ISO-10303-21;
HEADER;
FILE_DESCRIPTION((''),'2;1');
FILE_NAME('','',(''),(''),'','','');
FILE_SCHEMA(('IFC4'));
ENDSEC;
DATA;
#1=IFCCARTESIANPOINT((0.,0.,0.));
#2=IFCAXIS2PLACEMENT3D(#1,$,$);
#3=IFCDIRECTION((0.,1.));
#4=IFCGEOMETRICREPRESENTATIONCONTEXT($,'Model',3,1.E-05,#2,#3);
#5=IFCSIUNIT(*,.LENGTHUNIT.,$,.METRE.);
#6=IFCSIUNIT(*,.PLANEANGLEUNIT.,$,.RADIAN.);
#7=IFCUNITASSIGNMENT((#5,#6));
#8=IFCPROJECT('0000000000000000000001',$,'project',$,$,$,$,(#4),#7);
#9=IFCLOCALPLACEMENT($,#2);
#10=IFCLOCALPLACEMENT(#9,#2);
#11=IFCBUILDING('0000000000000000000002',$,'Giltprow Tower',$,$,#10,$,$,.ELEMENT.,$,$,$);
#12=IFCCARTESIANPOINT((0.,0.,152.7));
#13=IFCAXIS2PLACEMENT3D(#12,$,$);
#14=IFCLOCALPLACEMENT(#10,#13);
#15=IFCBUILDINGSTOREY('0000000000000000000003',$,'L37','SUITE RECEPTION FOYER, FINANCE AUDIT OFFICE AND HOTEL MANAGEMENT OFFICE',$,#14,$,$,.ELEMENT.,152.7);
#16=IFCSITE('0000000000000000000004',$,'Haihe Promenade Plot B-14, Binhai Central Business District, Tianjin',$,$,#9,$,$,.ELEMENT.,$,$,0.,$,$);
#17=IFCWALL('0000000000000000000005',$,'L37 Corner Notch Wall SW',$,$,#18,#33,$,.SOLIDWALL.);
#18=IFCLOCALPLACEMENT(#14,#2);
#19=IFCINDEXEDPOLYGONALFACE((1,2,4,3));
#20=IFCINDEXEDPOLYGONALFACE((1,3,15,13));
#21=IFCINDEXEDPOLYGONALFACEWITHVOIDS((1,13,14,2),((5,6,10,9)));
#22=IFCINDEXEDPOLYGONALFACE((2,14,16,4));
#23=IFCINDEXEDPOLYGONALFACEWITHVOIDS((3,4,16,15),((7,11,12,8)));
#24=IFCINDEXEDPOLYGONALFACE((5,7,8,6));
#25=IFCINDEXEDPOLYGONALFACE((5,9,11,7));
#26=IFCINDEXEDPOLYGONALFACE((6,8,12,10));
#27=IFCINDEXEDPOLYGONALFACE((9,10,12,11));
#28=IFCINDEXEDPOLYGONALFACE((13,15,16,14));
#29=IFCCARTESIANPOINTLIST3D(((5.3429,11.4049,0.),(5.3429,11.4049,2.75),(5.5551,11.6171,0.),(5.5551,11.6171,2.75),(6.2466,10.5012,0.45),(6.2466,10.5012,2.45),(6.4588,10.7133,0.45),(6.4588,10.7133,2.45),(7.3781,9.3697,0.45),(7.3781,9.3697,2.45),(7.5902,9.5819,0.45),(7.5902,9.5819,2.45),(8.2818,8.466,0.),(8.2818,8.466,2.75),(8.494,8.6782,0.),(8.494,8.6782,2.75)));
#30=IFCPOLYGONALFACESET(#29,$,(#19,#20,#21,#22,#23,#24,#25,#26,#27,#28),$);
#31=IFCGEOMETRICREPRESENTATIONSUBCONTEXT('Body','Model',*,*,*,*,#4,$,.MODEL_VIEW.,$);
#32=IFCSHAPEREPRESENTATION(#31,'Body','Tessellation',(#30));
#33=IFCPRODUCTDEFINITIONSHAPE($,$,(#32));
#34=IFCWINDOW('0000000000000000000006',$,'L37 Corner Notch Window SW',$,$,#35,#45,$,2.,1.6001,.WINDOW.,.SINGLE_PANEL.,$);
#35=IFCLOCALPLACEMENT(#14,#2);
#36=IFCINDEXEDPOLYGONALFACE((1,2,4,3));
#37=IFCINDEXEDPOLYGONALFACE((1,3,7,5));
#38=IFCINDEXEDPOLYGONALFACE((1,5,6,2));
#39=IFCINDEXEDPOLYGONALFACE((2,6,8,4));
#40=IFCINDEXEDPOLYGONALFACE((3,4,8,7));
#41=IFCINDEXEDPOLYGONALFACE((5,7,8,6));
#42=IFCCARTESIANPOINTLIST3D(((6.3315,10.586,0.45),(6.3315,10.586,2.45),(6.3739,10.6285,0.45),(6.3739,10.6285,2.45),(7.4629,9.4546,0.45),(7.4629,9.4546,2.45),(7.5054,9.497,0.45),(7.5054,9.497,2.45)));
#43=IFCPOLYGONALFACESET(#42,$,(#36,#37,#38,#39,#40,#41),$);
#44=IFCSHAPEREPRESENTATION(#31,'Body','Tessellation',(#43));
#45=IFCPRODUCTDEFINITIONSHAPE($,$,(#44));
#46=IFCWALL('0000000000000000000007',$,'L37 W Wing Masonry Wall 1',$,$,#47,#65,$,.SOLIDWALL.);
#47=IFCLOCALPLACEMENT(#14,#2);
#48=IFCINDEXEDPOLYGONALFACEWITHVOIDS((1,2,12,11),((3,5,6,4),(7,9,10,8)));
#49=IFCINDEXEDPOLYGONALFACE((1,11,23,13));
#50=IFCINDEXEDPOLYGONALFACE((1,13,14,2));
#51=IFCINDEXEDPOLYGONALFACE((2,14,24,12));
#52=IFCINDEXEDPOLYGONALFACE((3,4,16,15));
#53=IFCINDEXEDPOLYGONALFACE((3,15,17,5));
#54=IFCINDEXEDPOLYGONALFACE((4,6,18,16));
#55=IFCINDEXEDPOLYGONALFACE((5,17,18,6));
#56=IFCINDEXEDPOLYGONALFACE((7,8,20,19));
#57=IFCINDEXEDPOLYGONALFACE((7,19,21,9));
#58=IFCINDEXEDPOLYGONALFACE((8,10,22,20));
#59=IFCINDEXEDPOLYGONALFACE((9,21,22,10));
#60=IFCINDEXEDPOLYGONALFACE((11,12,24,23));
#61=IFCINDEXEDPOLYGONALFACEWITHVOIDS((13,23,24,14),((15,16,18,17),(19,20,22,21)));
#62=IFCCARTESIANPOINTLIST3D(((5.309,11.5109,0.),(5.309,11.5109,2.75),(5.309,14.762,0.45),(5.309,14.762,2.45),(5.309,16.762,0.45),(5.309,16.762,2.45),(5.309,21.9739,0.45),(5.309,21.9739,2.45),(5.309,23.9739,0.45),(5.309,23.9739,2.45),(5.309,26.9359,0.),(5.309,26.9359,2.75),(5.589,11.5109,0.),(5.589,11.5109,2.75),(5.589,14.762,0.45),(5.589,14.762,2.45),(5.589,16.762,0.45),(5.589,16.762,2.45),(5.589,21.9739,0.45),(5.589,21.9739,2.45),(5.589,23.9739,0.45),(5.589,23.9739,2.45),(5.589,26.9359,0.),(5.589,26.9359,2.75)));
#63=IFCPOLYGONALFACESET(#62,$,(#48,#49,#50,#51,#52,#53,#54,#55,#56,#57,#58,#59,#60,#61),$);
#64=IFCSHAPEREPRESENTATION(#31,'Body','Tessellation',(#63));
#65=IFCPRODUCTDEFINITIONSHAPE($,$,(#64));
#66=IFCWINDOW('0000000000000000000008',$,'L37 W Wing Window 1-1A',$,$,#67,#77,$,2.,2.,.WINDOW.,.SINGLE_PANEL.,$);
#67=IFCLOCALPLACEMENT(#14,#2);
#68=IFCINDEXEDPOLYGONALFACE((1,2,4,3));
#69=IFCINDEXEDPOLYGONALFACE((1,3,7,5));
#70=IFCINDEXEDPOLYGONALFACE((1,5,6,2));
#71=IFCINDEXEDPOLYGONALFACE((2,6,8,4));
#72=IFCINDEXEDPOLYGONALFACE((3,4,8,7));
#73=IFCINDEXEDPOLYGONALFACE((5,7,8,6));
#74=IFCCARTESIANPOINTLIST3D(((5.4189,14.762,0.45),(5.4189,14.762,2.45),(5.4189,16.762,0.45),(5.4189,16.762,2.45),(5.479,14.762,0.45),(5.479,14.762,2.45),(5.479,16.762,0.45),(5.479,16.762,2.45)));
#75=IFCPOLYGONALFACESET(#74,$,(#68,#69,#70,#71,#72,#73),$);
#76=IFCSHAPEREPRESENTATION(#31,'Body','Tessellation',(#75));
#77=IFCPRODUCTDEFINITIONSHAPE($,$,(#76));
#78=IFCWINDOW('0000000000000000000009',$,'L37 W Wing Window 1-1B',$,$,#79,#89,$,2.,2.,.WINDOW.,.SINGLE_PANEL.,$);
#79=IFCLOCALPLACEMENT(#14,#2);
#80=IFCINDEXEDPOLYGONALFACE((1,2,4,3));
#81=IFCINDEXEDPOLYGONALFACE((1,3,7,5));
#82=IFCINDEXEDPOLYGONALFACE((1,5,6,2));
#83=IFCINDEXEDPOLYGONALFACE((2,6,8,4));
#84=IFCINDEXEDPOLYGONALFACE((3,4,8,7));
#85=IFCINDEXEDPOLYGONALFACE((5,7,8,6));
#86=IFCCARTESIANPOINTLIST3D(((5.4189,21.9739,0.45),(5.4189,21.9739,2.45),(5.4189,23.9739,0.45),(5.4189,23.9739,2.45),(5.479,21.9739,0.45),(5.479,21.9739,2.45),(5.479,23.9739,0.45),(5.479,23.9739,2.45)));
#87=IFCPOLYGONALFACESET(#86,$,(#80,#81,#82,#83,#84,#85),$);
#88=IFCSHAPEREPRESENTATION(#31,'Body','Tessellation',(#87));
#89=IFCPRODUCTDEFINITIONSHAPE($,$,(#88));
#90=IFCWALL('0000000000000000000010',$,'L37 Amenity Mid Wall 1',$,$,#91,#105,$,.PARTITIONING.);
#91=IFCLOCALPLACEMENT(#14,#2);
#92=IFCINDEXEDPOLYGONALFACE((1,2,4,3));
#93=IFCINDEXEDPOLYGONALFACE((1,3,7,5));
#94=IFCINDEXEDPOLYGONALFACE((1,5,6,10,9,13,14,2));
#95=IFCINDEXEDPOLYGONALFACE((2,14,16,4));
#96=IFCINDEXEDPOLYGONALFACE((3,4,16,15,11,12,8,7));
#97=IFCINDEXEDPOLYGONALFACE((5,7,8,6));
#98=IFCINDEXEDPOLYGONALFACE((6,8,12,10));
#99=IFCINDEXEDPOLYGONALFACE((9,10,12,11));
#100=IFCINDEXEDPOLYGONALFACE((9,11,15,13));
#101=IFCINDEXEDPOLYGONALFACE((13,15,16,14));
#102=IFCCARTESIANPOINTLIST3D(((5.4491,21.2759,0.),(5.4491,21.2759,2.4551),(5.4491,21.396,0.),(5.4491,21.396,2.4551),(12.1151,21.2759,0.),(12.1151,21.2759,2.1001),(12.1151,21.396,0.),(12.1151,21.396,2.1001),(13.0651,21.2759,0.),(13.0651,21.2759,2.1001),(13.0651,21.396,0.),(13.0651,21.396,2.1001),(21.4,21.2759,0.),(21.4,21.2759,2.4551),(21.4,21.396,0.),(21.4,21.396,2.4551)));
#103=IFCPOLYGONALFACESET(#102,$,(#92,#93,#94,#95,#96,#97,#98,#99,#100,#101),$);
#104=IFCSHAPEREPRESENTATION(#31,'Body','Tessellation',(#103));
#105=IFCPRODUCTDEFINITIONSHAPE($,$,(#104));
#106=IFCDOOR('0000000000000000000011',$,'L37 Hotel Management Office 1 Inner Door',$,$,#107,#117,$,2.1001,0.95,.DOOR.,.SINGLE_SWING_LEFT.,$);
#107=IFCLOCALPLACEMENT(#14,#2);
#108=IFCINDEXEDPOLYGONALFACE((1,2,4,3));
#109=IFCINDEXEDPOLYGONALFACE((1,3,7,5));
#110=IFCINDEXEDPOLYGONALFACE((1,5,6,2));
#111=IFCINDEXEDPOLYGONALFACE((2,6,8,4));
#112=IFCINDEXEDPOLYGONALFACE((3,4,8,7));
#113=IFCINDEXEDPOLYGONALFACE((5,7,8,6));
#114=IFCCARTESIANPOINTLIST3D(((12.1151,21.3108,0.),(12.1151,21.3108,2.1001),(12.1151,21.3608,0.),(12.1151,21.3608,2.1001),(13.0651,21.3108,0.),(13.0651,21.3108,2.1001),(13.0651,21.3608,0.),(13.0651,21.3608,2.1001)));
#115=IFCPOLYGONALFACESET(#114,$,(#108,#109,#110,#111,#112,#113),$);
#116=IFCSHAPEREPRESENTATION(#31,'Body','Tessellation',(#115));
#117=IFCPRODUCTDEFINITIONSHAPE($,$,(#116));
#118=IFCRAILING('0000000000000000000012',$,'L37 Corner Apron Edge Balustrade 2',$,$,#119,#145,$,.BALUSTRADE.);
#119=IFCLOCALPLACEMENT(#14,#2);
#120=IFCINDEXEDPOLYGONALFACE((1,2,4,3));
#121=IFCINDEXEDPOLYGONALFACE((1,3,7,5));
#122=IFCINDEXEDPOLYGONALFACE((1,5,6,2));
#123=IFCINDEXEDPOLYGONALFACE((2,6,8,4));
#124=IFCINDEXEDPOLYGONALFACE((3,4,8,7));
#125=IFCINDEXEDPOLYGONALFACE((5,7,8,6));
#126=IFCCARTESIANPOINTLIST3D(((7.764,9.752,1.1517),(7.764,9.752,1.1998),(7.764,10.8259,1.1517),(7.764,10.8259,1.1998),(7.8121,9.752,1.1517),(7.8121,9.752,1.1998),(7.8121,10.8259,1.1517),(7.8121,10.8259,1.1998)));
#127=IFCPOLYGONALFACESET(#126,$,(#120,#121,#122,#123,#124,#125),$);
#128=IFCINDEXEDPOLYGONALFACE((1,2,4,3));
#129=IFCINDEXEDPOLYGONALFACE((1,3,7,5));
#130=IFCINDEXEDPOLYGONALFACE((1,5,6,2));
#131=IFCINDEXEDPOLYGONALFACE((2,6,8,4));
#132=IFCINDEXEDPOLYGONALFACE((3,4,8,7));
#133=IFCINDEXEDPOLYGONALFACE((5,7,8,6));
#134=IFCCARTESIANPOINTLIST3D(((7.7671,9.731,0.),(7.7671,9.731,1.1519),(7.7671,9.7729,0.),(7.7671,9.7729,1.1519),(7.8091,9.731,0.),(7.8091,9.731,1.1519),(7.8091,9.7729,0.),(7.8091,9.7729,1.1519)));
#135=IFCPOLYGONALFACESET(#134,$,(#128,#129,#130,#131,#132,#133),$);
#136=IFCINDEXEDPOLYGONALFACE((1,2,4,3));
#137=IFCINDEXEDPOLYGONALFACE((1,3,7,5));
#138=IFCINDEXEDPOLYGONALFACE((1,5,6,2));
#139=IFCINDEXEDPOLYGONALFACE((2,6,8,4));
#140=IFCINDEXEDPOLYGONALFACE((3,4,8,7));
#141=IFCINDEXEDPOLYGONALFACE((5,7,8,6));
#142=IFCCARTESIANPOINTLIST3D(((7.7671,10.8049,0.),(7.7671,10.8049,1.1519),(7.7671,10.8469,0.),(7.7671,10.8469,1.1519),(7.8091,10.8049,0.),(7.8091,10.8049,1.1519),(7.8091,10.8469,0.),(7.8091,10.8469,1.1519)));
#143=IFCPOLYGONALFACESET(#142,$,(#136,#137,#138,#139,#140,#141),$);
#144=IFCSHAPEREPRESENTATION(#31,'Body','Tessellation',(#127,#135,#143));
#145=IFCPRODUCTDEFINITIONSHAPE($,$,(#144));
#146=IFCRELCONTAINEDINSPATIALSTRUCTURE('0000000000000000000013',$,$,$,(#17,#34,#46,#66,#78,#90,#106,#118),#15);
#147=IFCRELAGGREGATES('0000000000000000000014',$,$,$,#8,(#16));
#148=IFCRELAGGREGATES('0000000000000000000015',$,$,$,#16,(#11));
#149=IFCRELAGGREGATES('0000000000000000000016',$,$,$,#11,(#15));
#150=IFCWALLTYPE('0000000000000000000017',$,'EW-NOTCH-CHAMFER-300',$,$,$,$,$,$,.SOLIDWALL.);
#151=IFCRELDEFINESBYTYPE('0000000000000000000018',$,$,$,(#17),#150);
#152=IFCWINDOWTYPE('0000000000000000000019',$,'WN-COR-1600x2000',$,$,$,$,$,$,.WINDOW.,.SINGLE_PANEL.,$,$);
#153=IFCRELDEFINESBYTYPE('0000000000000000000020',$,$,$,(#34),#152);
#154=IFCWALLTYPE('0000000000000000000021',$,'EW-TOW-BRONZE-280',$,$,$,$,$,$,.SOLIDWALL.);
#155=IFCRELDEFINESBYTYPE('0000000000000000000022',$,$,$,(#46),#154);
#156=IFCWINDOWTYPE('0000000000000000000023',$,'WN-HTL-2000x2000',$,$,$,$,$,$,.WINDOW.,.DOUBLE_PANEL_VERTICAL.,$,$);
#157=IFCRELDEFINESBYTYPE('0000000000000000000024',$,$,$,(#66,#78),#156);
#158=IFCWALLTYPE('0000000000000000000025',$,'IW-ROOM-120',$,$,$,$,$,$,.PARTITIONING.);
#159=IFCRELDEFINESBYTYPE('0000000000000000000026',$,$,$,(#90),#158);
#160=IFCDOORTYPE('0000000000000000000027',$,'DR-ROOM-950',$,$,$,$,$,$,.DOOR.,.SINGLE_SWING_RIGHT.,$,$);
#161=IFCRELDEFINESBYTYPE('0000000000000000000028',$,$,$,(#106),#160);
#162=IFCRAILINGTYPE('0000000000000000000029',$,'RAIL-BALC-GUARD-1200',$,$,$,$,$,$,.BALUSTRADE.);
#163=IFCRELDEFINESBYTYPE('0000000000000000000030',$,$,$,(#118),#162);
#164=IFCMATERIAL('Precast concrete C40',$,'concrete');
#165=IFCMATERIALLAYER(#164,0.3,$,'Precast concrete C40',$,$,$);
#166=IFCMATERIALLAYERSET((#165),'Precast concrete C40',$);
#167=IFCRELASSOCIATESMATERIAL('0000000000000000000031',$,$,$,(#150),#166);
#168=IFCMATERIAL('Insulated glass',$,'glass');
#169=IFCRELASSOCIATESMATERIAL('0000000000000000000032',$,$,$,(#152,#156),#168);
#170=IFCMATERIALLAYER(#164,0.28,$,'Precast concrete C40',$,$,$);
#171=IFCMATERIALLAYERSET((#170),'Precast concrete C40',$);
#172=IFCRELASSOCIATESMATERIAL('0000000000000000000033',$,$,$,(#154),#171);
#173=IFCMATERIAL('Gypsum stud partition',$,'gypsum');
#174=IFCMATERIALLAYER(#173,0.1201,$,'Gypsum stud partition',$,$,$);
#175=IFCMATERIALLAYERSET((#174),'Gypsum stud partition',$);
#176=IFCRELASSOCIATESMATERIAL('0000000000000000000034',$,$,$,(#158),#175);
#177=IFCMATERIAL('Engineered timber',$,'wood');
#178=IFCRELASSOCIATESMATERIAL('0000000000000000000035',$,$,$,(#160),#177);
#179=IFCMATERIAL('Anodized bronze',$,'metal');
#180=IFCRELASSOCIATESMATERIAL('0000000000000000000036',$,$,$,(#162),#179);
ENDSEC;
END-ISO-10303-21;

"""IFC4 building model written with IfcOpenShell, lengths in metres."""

from ifc_helpers import new_model, si_unit, direction, frame, frame_2d, origin, origin_2d, place, context, subcontext, project, spatial, rectangle, extrude, source, transform, mapped, material, layer, layer_set, type_object, element, fill, save


model = new_model("IFC4")

# Units and contexts
model_context = context("Model", 3, precision=1e-05, world=origin(), true_north=direction((0.0, 1.0)))
body_context = subcontext(model_context, "Body", "Model", "MODEL_VIEW")
ifc_project = project(units=[si_unit("LENGTHUNIT", "METRE"), si_unit("PLANEANGLEUNIT", "RADIAN")], contexts=[model_context])

# Site, building, storey
site_placement = place(None, origin())
site = spatial("IfcSite", under=ifc_project, at=site_placement, Name="Haihe Promenade Plot B-14, Binhai Central Business District, Tianjin", CompositionType="ELEMENT", RefElevation=0.0)
building_placement = place(site_placement, origin())
building = spatial("IfcBuilding", under=site, at=building_placement, Name="Giltprow Tower", CompositionType="ELEMENT")
storey_placement = place(building_placement, frame((0.0, 0.0, 152.7)))
storey = spatial("IfcBuildingStorey", under=building, at=storey_placement, Name="L37", Description="SUITE RECEPTION FOYER, FINANCE AUDIT OFFICE AND HOTEL MANAGEMENT OFFICE", CompositionType="ELEMENT", Elevation=152.7)

# Shared definitions
ifc_material_1 = material(Name="Anodized bronze", Category="metal")
ifc_material_2 = material(Name="Insulated glass", Category="glass")

# Wall, opening, window
ifc_material_3 = material(Name="Precast concrete C40", Category="concrete")
ifc_layer_1 = layer(ifc_material_3, 0.3, Name="Precast concrete C40")
ifc_layer_set_1 = layer_set([ifc_layer_1], Name="Precast concrete C40")
wall_type_1 = type_object("IfcWallType", Name="EW-NOTCH-CHAMFER-300", PredefinedType="SOLIDWALL", material=ifc_layer_set_1)
wall_1_placement = place(storey_placement, frame((5.449, 11.511, 0.0), z_axis=(0.0, 0.0, 1.0), x_axis=(0.707107, -0.707107, 0.0)))
wall_1 = element("IfcWall", 1, at=wall_1_placement, inside=storey, type_object=wall_type_1, Name="L37 Corner Notch Wall SW", PredefinedType="SOLIDWALL", context=body_context, shape_type="SweptSolid", body=[
    extrude(rectangle(XDim=4.1562, YDim=0.3, at=frame_2d((2.0781, 0.0))), origin(), (0.0, 0.0, 1.0), 2.75),
])
opening_1_placement = place(wall_1_placement, frame((1.2781, 0.0, 0.45)))
opening_1 = element("IfcOpeningElement", 2, at=opening_1_placement, cuts=wall_1, PredefinedType="OPENING", context=body_context, shape_type="SweptSolid", body=[
    extrude(rectangle(XDim=1.6001, YDim=2.0, at=frame_2d((0.8, 1.0))), frame((0.0, 0.1599, 0.0), z_axis=(0.0, -1.0, 0.0), x_axis=(1.0, 0.0, 0.0)), (0.0, 0.0, 1.0), 0.3201),
])
window_type_1 = type_object("IfcWindowType", Name="WN-COR-1600x2000", PartitioningType="SINGLE_PANEL", PredefinedType="WINDOW", material=ifc_material_2)
shared_shape_1 = source(origin(), body_context, "Body", "SweptSolid", [
    extrude(rectangle(XDim=1.6001, YDim=2.0, at=frame_2d((0.8, 1.0))), frame((0.0, 0.03, 0.0), z_axis=(0.0, -1.0, 0.0), x_axis=(1.0, 0.0, 0.0)), (0.0, 0.0, 1.0), 0.0601),
])
window_1_placement = place(opening_1_placement, origin())
window_1 = element("IfcWindow", 3, at=window_1_placement, inside=storey, type_object=window_type_1, Name="L37 Corner Notch Window SW", OverallHeight=2.0, OverallWidth=1.6001, PartitioningType="SINGLE_PANEL", PredefinedType="WINDOW", context=body_context, shape_type="MappedRepresentation", body=[
    mapped(shared_shape_1, transform((0.0, 0.0, 0.0), x_axis=(1.0, 0.0, 0.0), y_axis=(0.0, 1.0, 0.0), z_axis=(0.0, 0.0, 1.0), scale=1.0)),
])
fill(opening_1, window_1)

# Wall, openings, windows
ifc_layer_2 = layer(ifc_material_3, 0.28, Name="Precast concrete C40")
ifc_layer_set_2 = layer_set([ifc_layer_2], Name="Precast concrete C40")
wall_type_2 = type_object("IfcWallType", Name="EW-TOW-BRONZE-280", PredefinedType="SOLIDWALL", material=ifc_layer_set_2)
wall_2_placement = place(storey_placement, frame((5.449, 11.511, 0.0), z_axis=(0.0, 0.0, 1.0), x_axis=(0.0, 1.0, 0.0)))
wall_2 = element("IfcWall", 4, at=wall_2_placement, inside=storey, type_object=wall_type_2, Name="L37 W Wing Masonry Wall 1", PredefinedType="SOLIDWALL", context=body_context, shape_type="SweptSolid", body=[
    extrude(rectangle(XDim=15.425, YDim=0.28, at=frame_2d((7.7124, 0.0))), origin(), (0.0, 0.0, 1.0), 2.75),
])
opening_2_placement = place(wall_2_placement, frame((3.251, 0.0, 0.45)))
opening_2 = element("IfcOpeningElement", 5, at=opening_2_placement, cuts=wall_2, PredefinedType="OPENING", context=body_context, shape_type="SweptSolid", body=[
    extrude(rectangle(XDim=2.0, YDim=2.0, at=frame_2d((1.0, 1.0))), frame((0.0, 0.1499, 0.0), z_axis=(0.0, -1.0, 0.0), x_axis=(1.0, 0.0, 0.0)), (0.0, 0.0, 1.0), 0.3),
])
opening_3_placement = place(wall_2_placement, frame((10.4629, 0.0, 0.45)))
opening_3 = element("IfcOpeningElement", 6, at=opening_3_placement, cuts=wall_2, PredefinedType="OPENING", context=body_context, shape_type="SweptSolid", body=[
    extrude(rectangle(XDim=2.0, YDim=2.0, at=frame_2d((1.0, 1.0))), frame((0.0, 0.1499, 0.0), z_axis=(0.0, -1.0, 0.0), x_axis=(1.0, 0.0, 0.0)), (0.0, 0.0, 1.0), 0.3),
])
window_type_2 = type_object("IfcWindowType", Name="WN-HTL-2000x2000", PartitioningType="DOUBLE_PANEL_VERTICAL", PredefinedType="WINDOW", material=ifc_material_2)
shared_shape_2 = source(origin(), body_context, "Body", "SweptSolid", [
    extrude(rectangle(XDim=2.0, YDim=2.0, at=frame_2d((1.0, 1.0))), frame((0.0, 0.03, 0.0), z_axis=(0.0, -1.0, 0.0), x_axis=(1.0, 0.0, 0.0)), (0.0, 0.0, 1.0), 0.0601),
])
window_2_placement = place(opening_2_placement, origin())
window_2 = element("IfcWindow", 7, at=window_2_placement, inside=storey, type_object=window_type_2, Name="L37 W Wing Window 1-1A", OverallHeight=2.0, OverallWidth=2.0, PartitioningType="SINGLE_PANEL", PredefinedType="WINDOW", context=body_context, shape_type="MappedRepresentation", body=[
    mapped(shared_shape_2, transform((0.0, 0.0, 0.0), x_axis=(1.0, 0.0, 0.0), y_axis=(0.0, 1.0, 0.0), z_axis=(0.0, 0.0, 1.0), scale=1.0)),
])
fill(opening_2, window_2)
window_3_placement = place(opening_3_placement, origin())
window_3 = element("IfcWindow", 8, at=window_3_placement, inside=storey, type_object=window_type_2, Name="L37 W Wing Window 1-1B", OverallHeight=2.0, OverallWidth=2.0, PartitioningType="SINGLE_PANEL", PredefinedType="WINDOW", context=body_context, shape_type="MappedRepresentation", body=[
    mapped(shared_shape_2, transform((0.0, 0.0, 0.0), x_axis=(1.0, 0.0, 0.0), y_axis=(0.0, 1.0, 0.0), z_axis=(0.0, 0.0, 1.0), scale=1.0)),
])
fill(opening_3, window_3)

# Wall, opening, door
ifc_material_4 = material(Name="Gypsum stud partition", Category="gypsum")
ifc_layer_3 = layer(ifc_material_4, 0.1201, Name="Gypsum stud partition")
ifc_layer_set_3 = layer_set([ifc_layer_3], Name="Gypsum stud partition")
wall_type_3 = type_object("IfcWallType", Name="IW-ROOM-120", PredefinedType="PARTITIONING", material=ifc_layer_set_3)
wall_3_placement = place(storey_placement, frame((5.449, 21.3359, 0.0), z_axis=(0.0, 0.0, 1.0), x_axis=(1.0, 0.0, 0.0)))
wall_3 = element("IfcWall", 9, at=wall_3_placement, inside=storey, type_object=wall_type_3, Name="L37 Amenity Mid Wall 1", PredefinedType="PARTITIONING", context=body_context, shape_type="SweptSolid", body=[
    extrude(rectangle(XDim=15.9509, YDim=0.1201, at=frame_2d((7.9756, 0.0))), origin(), (0.0, 0.0, 1.0), 2.4551),
])
opening_4_placement = place(wall_3_placement, frame((6.666, 0.0, 0.0)))
opening_4 = element("IfcOpeningElement", 10, at=opening_4_placement, cuts=wall_3, PredefinedType="OPENING", context=body_context, shape_type="SweptSolid", body=[
    extrude(rectangle(XDim=0.95, YDim=2.1001, at=frame_2d((0.4751, 1.05))), frame((0.0, 0.0701, 0.0), z_axis=(0.0, -1.0, 0.0), x_axis=(1.0, 0.0, 0.0)), (0.0, 0.0, 1.0), 0.1401),
])
ifc_material_5 = material(Name="Engineered timber", Category="wood")
door_type = type_object("IfcDoorType", Name="DR-ROOM-950", OperationType="SINGLE_SWING_RIGHT", PredefinedType="DOOR", material=ifc_material_5)
shared_shape_3 = source(origin(), body_context, "Body", "SweptSolid", [
    extrude(rectangle(XDim=0.95, YDim=2.1001, at=frame_2d((0.4751, 1.05))), frame((0.0, 0.0249, 0.0), z_axis=(0.0, -1.0, 0.0), x_axis=(1.0, 0.0, 0.0)), (0.0, 0.0, 1.0), 0.05),
])
door_placement = place(opening_4_placement, origin())
door = element("IfcDoor", 11, at=door_placement, inside=storey, type_object=door_type, Name="L37 Hotel Management Office 1 Inner Door", OperationType="SINGLE_SWING_LEFT", OverallHeight=2.1001, OverallWidth=0.95, PredefinedType="DOOR", context=body_context, shape_type="MappedRepresentation", body=[
    mapped(shared_shape_3, transform((0.0, 0.0, 0.0), x_axis=(1.0, 0.0, 0.0), y_axis=(0.0, 1.0, 0.0), z_axis=(0.0, 0.0, 1.0), scale=1.0)),
])
fill(opening_4, door)

# Railing
railing_type = type_object("IfcRailingType", Name="RAIL-BALC-GUARD-1200", PredefinedType="BALUSTRADE", material=ifc_material_1)
railing_1_placement = place(storey_placement, frame((7.7881, 9.752, 0.0)))
element("IfcRailing", 12, at=railing_1_placement, inside=storey, type_object=railing_type, Name="L37 Corner Apron Edge Balustrade 2", PredefinedType="BALUSTRADE", context=body_context, shape_type="SweptSolid", body=[
    extrude(rectangle(XDim=0.0481, YDim=0.0481, at=origin_2d()), frame((0.0, 0.0, 1.1758), z_axis=(0.0, 1.0, 0.0), x_axis=(-1.0, 0.0, 0.0)), (0.0, 0.0, 1.0), 1.074),
    extrude(rectangle(XDim=0.042, YDim=0.042, at=origin_2d()), origin(), (0.0, 0.0, 1.0), 1.1519),
    extrude(rectangle(XDim=0.042, YDim=0.042, at=origin_2d()), frame((0.0, 1.074, 0.0)), (0.0, 0.0, 1.0), 1.1519),
])

save(model, "model.ifc")
